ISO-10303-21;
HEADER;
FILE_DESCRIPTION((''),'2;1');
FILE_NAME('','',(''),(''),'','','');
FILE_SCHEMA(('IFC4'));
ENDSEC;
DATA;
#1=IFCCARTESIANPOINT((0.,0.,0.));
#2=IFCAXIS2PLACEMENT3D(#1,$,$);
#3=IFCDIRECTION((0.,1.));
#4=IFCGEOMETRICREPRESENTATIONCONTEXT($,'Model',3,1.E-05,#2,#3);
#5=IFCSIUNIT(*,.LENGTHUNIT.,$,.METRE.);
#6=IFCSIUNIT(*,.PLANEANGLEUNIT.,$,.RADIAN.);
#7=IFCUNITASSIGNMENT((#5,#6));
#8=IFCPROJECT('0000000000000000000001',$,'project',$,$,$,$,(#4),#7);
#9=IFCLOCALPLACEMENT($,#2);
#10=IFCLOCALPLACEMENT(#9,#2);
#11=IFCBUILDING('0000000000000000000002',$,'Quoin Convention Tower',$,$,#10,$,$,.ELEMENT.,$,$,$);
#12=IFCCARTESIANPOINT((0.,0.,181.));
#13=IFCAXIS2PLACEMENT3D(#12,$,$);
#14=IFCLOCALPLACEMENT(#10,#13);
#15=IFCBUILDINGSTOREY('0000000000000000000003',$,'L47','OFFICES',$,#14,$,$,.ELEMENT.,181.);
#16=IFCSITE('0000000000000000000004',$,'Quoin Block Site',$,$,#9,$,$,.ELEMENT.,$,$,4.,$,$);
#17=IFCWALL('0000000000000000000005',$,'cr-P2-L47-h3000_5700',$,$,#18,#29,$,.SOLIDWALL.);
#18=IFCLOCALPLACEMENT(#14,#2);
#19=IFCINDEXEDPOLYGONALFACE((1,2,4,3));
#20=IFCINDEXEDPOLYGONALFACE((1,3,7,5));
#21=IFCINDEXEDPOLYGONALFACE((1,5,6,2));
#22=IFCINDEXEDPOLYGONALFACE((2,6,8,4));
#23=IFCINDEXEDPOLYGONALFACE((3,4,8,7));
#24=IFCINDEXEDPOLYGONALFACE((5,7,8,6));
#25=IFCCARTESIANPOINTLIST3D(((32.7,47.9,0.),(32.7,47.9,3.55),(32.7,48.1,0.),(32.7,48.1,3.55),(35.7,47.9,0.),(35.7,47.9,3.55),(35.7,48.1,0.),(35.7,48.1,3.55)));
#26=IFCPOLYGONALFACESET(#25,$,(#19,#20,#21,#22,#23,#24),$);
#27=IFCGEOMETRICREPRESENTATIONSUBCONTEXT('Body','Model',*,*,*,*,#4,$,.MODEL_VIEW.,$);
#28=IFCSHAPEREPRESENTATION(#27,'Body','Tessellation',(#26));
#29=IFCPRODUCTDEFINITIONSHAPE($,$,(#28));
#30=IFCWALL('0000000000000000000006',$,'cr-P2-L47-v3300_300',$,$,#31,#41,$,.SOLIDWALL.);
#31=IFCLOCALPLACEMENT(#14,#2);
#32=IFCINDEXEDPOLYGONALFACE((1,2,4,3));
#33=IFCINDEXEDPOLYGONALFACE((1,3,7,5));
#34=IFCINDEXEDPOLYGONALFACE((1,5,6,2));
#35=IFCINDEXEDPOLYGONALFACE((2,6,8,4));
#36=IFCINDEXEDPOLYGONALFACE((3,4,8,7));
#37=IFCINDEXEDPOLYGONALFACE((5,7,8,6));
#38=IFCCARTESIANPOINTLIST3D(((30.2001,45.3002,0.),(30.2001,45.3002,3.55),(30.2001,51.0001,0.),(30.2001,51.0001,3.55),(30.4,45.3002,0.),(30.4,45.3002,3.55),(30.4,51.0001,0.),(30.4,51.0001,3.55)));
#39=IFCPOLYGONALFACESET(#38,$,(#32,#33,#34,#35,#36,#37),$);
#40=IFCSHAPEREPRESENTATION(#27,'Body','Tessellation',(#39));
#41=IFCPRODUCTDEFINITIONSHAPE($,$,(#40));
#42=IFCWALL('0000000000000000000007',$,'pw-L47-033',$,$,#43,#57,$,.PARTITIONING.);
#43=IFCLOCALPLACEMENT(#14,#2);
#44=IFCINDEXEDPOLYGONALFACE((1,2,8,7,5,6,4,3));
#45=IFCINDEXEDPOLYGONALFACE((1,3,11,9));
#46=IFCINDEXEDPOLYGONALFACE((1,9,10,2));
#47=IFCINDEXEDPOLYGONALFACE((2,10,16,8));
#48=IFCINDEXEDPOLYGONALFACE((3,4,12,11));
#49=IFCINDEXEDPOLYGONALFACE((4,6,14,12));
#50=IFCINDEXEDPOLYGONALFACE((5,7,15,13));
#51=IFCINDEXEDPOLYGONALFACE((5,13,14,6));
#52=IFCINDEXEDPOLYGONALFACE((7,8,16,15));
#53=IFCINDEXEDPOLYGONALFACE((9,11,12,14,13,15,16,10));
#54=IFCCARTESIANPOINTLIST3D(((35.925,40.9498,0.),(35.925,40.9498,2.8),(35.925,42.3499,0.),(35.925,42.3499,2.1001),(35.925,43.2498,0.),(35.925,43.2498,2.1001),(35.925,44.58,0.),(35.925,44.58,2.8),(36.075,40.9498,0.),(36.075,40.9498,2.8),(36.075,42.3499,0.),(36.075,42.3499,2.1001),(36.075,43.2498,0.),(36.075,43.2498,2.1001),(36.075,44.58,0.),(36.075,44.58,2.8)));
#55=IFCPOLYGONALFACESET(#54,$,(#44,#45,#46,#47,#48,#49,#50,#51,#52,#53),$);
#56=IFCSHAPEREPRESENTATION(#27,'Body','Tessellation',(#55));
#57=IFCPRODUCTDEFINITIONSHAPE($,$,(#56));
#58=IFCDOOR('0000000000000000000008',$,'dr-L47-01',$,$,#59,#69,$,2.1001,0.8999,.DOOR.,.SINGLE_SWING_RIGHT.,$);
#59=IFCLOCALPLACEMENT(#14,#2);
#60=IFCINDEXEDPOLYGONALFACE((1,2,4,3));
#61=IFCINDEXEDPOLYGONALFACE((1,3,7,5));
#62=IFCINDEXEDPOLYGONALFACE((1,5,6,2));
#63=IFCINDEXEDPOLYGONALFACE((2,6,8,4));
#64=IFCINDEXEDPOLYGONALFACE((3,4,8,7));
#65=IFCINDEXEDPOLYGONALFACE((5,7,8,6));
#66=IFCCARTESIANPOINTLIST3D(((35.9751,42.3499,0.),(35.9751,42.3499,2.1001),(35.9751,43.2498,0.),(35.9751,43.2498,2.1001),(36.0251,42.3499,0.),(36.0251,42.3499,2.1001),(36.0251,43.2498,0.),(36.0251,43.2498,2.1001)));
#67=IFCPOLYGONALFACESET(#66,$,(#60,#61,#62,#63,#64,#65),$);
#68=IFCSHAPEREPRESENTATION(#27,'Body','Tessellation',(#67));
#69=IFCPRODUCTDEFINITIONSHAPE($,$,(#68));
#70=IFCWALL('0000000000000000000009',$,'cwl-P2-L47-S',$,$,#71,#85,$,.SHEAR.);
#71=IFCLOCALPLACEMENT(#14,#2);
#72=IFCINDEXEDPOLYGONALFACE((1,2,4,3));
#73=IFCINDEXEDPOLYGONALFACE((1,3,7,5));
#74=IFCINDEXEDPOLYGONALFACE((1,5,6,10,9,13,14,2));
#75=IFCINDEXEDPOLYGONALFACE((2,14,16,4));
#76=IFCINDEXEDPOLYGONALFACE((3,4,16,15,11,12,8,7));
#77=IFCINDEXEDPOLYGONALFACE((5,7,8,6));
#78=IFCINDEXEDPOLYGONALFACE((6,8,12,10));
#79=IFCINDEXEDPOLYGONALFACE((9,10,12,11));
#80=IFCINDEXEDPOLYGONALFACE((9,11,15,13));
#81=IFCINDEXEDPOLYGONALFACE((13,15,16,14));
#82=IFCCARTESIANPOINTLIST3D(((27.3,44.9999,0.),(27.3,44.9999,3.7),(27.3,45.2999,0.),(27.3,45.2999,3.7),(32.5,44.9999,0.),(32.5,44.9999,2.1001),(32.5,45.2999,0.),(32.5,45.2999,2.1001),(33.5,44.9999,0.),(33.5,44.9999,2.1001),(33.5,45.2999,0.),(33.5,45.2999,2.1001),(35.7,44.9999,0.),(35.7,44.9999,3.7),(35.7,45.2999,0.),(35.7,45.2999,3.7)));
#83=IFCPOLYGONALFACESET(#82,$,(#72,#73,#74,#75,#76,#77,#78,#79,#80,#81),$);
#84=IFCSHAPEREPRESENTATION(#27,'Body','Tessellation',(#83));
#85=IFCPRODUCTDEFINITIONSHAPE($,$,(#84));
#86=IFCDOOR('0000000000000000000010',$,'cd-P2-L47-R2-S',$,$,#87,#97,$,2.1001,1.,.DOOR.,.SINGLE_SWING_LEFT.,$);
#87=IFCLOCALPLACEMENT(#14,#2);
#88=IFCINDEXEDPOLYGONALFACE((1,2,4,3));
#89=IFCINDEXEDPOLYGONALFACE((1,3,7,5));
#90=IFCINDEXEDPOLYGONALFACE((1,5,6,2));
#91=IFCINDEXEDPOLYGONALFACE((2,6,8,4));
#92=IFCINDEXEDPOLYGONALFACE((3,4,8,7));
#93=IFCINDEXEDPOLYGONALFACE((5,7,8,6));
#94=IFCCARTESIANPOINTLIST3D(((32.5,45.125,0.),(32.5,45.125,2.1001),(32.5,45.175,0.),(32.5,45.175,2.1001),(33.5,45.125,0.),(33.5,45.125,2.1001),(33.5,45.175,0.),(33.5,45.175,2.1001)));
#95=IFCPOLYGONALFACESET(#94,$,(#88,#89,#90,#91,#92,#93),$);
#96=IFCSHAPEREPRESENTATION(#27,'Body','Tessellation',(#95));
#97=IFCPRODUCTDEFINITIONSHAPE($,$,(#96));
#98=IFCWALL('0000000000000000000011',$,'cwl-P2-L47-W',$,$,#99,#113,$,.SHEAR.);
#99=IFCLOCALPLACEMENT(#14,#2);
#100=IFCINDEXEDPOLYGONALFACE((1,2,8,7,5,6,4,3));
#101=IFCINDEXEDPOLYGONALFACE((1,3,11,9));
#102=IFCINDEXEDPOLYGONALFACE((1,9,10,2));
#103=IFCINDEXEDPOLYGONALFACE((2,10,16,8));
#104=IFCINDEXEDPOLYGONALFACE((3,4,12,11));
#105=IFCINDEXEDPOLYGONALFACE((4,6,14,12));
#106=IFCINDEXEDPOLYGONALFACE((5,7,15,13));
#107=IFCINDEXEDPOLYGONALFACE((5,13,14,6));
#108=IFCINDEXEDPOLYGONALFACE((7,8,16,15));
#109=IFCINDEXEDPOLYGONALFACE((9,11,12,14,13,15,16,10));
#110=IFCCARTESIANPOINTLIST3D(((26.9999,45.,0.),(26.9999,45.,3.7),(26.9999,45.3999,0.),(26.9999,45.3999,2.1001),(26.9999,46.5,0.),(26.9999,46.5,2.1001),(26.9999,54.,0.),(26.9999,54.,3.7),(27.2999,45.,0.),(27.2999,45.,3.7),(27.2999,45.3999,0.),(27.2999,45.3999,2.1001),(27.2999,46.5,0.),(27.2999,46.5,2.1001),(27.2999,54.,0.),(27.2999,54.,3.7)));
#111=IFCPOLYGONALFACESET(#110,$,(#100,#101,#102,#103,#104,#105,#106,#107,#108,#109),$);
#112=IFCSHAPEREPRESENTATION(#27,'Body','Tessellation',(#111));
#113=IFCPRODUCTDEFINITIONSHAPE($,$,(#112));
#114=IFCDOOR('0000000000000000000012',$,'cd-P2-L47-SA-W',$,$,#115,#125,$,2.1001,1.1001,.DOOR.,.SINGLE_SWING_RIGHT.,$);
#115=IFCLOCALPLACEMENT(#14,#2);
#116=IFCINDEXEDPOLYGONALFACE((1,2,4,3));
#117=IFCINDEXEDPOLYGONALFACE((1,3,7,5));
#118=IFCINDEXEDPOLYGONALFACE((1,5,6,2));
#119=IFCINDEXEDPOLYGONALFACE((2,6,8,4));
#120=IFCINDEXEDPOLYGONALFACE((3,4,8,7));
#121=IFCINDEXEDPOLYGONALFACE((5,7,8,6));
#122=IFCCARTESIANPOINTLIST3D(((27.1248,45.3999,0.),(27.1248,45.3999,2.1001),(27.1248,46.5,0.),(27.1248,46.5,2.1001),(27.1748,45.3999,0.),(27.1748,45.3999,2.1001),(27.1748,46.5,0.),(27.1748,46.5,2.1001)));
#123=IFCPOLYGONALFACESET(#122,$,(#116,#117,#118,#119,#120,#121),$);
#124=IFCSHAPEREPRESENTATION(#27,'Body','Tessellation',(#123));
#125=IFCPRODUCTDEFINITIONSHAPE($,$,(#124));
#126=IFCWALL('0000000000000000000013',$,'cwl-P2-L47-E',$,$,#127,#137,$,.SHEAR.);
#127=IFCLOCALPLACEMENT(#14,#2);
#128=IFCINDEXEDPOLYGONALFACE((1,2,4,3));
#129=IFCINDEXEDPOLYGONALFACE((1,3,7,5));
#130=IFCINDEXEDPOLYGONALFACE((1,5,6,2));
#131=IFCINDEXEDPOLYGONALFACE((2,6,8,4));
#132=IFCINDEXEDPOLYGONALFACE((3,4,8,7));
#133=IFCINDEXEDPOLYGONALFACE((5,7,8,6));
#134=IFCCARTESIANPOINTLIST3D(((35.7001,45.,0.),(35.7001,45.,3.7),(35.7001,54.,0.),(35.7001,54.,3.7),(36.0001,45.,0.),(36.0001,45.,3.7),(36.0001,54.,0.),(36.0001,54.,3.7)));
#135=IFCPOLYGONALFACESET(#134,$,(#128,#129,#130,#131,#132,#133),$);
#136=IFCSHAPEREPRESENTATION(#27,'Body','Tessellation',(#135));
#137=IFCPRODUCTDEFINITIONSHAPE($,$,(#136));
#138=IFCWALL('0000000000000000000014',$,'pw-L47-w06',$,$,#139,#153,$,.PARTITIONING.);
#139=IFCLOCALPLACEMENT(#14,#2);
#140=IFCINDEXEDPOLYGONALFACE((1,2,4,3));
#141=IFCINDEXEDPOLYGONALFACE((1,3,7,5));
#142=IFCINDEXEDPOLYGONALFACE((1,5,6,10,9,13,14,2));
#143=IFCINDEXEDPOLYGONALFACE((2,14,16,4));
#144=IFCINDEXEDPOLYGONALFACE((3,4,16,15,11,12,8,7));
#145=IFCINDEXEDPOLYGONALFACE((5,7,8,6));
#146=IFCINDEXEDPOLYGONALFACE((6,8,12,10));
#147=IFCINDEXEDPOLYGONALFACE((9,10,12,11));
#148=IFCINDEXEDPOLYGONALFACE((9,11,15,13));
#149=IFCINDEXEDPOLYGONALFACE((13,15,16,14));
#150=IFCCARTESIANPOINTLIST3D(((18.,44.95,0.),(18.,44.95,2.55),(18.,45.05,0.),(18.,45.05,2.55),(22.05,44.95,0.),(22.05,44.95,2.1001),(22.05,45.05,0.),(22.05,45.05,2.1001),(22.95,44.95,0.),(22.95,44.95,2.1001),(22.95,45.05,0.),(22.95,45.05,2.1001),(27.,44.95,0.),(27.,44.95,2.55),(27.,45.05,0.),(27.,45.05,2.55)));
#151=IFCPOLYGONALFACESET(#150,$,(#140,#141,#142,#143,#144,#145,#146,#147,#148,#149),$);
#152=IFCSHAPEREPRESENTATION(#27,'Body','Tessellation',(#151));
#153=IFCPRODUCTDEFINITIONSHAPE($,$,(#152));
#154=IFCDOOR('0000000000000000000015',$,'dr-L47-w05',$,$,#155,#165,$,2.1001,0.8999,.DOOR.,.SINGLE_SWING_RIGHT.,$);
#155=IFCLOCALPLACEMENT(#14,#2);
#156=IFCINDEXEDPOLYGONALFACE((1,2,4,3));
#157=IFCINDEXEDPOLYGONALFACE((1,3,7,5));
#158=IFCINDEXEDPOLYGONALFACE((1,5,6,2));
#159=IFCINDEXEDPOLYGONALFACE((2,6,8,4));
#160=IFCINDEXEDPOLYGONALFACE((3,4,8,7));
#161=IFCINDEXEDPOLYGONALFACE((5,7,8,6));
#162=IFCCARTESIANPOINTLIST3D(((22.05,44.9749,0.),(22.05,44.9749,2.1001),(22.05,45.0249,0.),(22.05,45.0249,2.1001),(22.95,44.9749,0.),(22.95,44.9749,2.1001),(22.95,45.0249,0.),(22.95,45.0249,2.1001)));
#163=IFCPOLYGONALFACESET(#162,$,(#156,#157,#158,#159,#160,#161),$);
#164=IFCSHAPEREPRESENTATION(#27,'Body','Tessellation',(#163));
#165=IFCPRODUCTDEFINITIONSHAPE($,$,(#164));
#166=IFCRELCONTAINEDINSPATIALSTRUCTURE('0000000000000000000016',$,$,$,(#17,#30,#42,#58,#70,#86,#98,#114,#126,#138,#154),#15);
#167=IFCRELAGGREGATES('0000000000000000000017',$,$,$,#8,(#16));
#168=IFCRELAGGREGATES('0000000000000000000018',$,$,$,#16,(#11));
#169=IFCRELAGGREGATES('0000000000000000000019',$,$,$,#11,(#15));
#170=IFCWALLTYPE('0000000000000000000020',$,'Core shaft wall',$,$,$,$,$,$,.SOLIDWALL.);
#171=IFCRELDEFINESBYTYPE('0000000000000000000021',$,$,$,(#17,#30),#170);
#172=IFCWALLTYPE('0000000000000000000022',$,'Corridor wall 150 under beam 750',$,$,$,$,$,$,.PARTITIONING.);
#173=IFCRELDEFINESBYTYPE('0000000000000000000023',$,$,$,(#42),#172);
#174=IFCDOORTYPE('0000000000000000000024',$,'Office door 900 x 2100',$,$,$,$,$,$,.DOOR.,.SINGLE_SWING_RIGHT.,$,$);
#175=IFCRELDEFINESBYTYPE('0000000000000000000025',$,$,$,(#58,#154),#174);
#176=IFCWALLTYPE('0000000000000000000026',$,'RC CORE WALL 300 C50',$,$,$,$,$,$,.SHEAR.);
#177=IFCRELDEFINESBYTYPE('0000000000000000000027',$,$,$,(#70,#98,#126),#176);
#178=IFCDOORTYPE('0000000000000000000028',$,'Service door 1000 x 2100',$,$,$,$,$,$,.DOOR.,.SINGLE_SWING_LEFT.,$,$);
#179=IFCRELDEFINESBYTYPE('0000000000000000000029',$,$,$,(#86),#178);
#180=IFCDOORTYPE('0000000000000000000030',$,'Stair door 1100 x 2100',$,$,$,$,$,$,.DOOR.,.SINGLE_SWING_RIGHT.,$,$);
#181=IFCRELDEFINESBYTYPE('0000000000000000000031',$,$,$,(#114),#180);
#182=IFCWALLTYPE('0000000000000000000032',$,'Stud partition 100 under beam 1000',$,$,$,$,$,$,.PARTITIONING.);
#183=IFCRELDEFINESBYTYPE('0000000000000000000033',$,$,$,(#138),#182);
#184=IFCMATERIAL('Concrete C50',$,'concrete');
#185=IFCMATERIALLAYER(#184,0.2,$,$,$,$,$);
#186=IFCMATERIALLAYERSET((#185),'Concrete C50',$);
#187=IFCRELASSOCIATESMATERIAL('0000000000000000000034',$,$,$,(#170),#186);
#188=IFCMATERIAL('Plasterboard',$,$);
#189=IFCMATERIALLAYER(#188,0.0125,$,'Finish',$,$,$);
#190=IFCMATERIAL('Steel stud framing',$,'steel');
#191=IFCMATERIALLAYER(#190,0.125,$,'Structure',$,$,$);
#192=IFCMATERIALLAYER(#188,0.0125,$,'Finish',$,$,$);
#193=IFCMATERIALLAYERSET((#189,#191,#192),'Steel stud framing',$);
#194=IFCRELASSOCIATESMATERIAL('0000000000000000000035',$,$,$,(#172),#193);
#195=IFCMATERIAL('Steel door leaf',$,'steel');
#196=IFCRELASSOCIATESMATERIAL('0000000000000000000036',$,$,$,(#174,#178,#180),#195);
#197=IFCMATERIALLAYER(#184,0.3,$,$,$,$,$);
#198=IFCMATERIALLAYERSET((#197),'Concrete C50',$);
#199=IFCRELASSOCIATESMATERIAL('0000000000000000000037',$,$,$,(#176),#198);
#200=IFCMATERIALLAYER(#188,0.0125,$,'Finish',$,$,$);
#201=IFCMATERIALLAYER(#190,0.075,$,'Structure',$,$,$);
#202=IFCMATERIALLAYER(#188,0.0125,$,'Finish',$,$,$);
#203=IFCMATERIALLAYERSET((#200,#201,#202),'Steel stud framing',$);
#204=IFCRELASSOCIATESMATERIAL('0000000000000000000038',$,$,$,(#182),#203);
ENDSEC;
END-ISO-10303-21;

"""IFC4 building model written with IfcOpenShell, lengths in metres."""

from ifc_helpers import new_model, si_unit, direction, frame, frame_2d, origin, place, context, subcontext, project, spatial, rectangle, extrude, material, layer, layer_set, type_object, element, fill, save


model = new_model("IFC4")

# Units and contexts
model_context = context("Model", 3, precision=1e-05, world=origin(), true_north=direction((0.0, 1.0)))
body_context = subcontext(model_context, "Body", "Model", "MODEL_VIEW")
ifc_project = project(units=[si_unit("LENGTHUNIT", "METRE"), si_unit("PLANEANGLEUNIT", "RADIAN")], contexts=[model_context])

# Site, building, storey
site_placement = place(None, origin())
site = spatial("IfcSite", under=ifc_project, at=site_placement, Name="Quoin Block Site", CompositionType="ELEMENT", RefElevation=4.0)
building_placement = place(site_placement, origin())
building = spatial("IfcBuilding", under=site, at=building_placement, Name="Quoin Convention Tower", CompositionType="ELEMENT")
storey_placement = place(building_placement, frame((0.0, 0.0, 181.0)))
storey = spatial("IfcBuildingStorey", under=building, at=storey_placement, Name="L47", Description="OFFICES", CompositionType="ELEMENT", Elevation=181.0)

# Shared definitions
ifc_material_1 = material(Name="Concrete C50", Category="concrete")

# Walls
ifc_layer_1 = layer(ifc_material_1, 0.2)
ifc_layer_set_1 = layer_set([ifc_layer_1], Name="Concrete C50")
wall_type_1 = type_object("IfcWallType", Name="Core shaft wall", PredefinedType="SOLIDWALL", material=ifc_layer_set_1)
wall_1_placement = place(storey_placement, frame((32.7, 48.0, 0.0), z_axis=(0.0, 0.0, 1.0), x_axis=(1.0, 0.0, 0.0)))
element("IfcWall", 1, at=wall_1_placement, inside=storey, type_object=wall_type_1, Name="cr-P2-L47-h3000_5700", PredefinedType="SOLIDWALL", context=body_context, shape_type="SweptSolid", body=[
    extrude(rectangle(XDim=3.0, YDim=0.2, at=frame_2d((1.5, 0.0))), origin(), (0.0, 0.0, 1.0), 3.55),
])
wall_2_placement = place(storey_placement, frame((30.3, 45.3, 0.0), z_axis=(0.0, 0.0, 1.0), x_axis=(0.0, 1.0, 0.0)))
element("IfcWall", 2, at=wall_2_placement, inside=storey, type_object=wall_type_1, Name="cr-P2-L47-v3300_300", PredefinedType="SOLIDWALL", context=body_context, shape_type="SweptSolid", body=[
    extrude(rectangle(XDim=5.7, YDim=0.2, at=frame_2d((2.8501, 0.0))), origin(), (0.0, 0.0, 1.0), 3.55),
])

# Walls, openings, doors
ifc_material_2 = material(Name="Plasterboard")
ifc_layer_2 = layer(ifc_material_2, 0.0125, Name="Finish")
ifc_material_3 = material(Name="Steel stud framing", Category="steel")
ifc_layer_3 = layer(ifc_material_3, 0.125, Name="Structure")
ifc_layer_4 = layer(ifc_material_2, 0.0125, Name="Finish")
ifc_layer_set_2 = layer_set([ifc_layer_2, ifc_layer_3, ifc_layer_4], Name="Steel stud framing")
wall_type_2 = type_object("IfcWallType", Name="Corridor wall 150 under beam 750", PredefinedType="PARTITIONING", material=ifc_layer_set_2)
wall_3_placement = place(storey_placement, frame((36.0, 40.95, 0.0), z_axis=(0.0, 0.0, 1.0), x_axis=(0.0, 1.0, 0.0)))
wall_3 = element("IfcWall", 3, at=wall_3_placement, inside=storey, type_object=wall_type_2, Name="pw-L47-033", PredefinedType="PARTITIONING", context=body_context, shape_type="SweptSolid", body=[
    extrude(rectangle(XDim=3.6301, YDim=0.1499, at=frame_2d((1.8149, 0.0))), origin(), (0.0, 0.0, 1.0), 2.8),
])
opening_1_placement = place(wall_3_placement, frame((1.3999, 0.0, 0.0)))
opening_1 = element("IfcOpeningElement", 4, at=opening_1_placement, cuts=wall_3, PredefinedType="OPENING", context=body_context, shape_type="SweptSolid", body=[
    extrude(rectangle(XDim=0.8999, YDim=2.1001, at=frame_2d((0.45, 1.05))), frame((0.0, 0.085, 0.0), z_axis=(0.0, -1.0, 0.0), x_axis=(1.0, 0.0, 0.0)), (0.0, 0.0, 1.0), 0.1699),
])
ifc_material_4 = material(Name="Steel door leaf", Category="steel")
door_type_1 = type_object("IfcDoorType", Name="Office door 900 x 2100", OperationType="SINGLE_SWING_RIGHT", PredefinedType="DOOR", material=ifc_material_4)
door_1_placement = place(opening_1_placement, origin())
door_1 = element("IfcDoor", 5, at=door_1_placement, inside=storey, type_object=door_type_1, Name="dr-L47-01", OperationType="SINGLE_SWING_RIGHT", OverallHeight=2.1001, OverallWidth=0.8999, PredefinedType="DOOR", context=body_context, shape_type="SweptSolid", body=[
    extrude(rectangle(XDim=0.8999, YDim=2.1001, at=frame_2d((0.45, 1.05))), frame((0.0, 0.0249, 0.0), z_axis=(0.0, -1.0, 0.0), x_axis=(1.0, 0.0, 0.0)), (0.0, 0.0, 1.0), 0.05),
])
fill(opening_1, door_1)
ifc_layer_5 = layer(ifc_material_1, 0.3)
ifc_layer_set_3 = layer_set([ifc_layer_5], Name="Concrete C50")
wall_type_3 = type_object("IfcWallType", Name="RC CORE WALL 300 C50", PredefinedType="SHEAR", material=ifc_layer_set_3)
wall_4_placement = place(storey_placement, frame((27.3, 45.1499, 0.0), z_axis=(0.0, 0.0, 1.0), x_axis=(1.0, 0.0, 0.0)))
wall_4 = element("IfcWall", 6, at=wall_4_placement, inside=storey, type_object=wall_type_3, Name="cwl-P2-L47-S", PredefinedType="SHEAR", context=body_context, shape_type="SweptSolid", body=[
    extrude(rectangle(XDim=8.3999, YDim=0.3, at=frame_2d((4.2, 0.0))), origin(), (0.0, 0.0, 1.0), 3.7),
])
opening_2_placement = place(wall_4_placement, frame((5.2, 0.0, 0.0)))
opening_2 = element("IfcOpeningElement", 7, at=opening_2_placement, cuts=wall_4, PredefinedType="OPENING", context=body_context, shape_type="SweptSolid", body=[
    extrude(rectangle(XDim=1.0, YDim=2.1001, at=frame_2d((0.5, 1.05))), frame((0.0, 0.1599, 0.0), z_axis=(0.0, -1.0, 0.0), x_axis=(1.0, 0.0, 0.0)), (0.0, 0.0, 1.0), 0.3201),
])
door_type_2 = type_object("IfcDoorType", Name="Service door 1000 x 2100", OperationType="SINGLE_SWING_LEFT", PredefinedType="DOOR", material=ifc_material_4)
door_2_placement = place(opening_2_placement, frame((1.0, 0.0, 0.0), z_axis=(0.0, 0.0, 1.0), x_axis=(-1.0, 0.0, 0.0)))
door_2 = element("IfcDoor", 8, at=door_2_placement, inside=storey, type_object=door_type_2, Name="cd-P2-L47-R2-S", OperationType="SINGLE_SWING_LEFT", OverallHeight=2.1001, OverallWidth=1.0, PredefinedType="DOOR", context=body_context, shape_type="SweptSolid", body=[
    extrude(rectangle(XDim=1.0, YDim=2.1001, at=frame_2d((0.5, 1.05))), frame((0.0, 0.0249, 0.0), z_axis=(0.0, -1.0, 0.0), x_axis=(1.0, 0.0, 0.0)), (0.0, 0.0, 1.0), 0.05),
])
fill(opening_2, door_2)
wall_5_placement = place(storey_placement, frame((27.1499, 45.0, 0.0), z_axis=(0.0, 0.0, 1.0), x_axis=(0.0, 1.0, 0.0)))
wall_5 = element("IfcWall", 9, at=wall_5_placement, inside=storey, type_object=wall_type_3, Name="cwl-P2-L47-W", PredefinedType="SHEAR", context=body_context, shape_type="SweptSolid", body=[
    extrude(rectangle(XDim=9.0, YDim=0.3, at=frame_2d((4.5, 0.0))), origin(), (0.0, 0.0, 1.0), 3.7),
])
opening_3_placement = place(wall_5_placement, frame((0.3999, 0.0, 0.0)))
opening_3 = element("IfcOpeningElement", 10, at=opening_3_placement, cuts=wall_5, PredefinedType="OPENING", context=body_context, shape_type="SweptSolid", body=[
    extrude(rectangle(XDim=1.1001, YDim=2.1001, at=frame_2d((0.55, 1.05))), frame((0.0, 0.1599, 0.0), z_axis=(0.0, -1.0, 0.0), x_axis=(1.0, 0.0, 0.0)), (0.0, 0.0, 1.0), 0.3201),
])
door_type_3 = type_object("IfcDoorType", Name="Stair door 1100 x 2100", OperationType="SINGLE_SWING_RIGHT", PredefinedType="DOOR", material=ifc_material_4)
door_3_placement = place(opening_3_placement, frame((1.1001, 0.0, 0.0), z_axis=(0.0, 0.0, 1.0), x_axis=(-1.0, 0.0, 0.0)))
door_3 = element("IfcDoor", 11, at=door_3_placement, inside=storey, type_object=door_type_3, Name="cd-P2-L47-SA-W", OperationType="SINGLE_SWING_RIGHT", OverallHeight=2.1001, OverallWidth=1.1001, PredefinedType="DOOR", context=body_context, shape_type="SweptSolid", body=[
    extrude(rectangle(XDim=1.1001, YDim=2.1001, at=frame_2d((0.55, 1.05))), frame((0.0, 0.0249, 0.0), z_axis=(0.0, -1.0, 0.0), x_axis=(1.0, 0.0, 0.0)), (0.0, 0.0, 1.0), 0.05),
])
fill(opening_3, door_3)

# Wall
wall_6_placement = place(storey_placement, frame((35.8501, 45.0, 0.0), z_axis=(0.0, 0.0, 1.0), x_axis=(0.0, 1.0, 0.0)))
element("IfcWall", 12, at=wall_6_placement, inside=storey, type_object=wall_type_3, Name="cwl-P2-L47-E", PredefinedType="SHEAR", context=body_context, shape_type="SweptSolid", body=[
    extrude(rectangle(XDim=9.0, YDim=0.3, at=frame_2d((4.5, 0.0))), origin(), (0.0, 0.0, 1.0), 3.7),
])

# Wall, opening, door
ifc_layer_6 = layer(ifc_material_2, 0.0125, Name="Finish")
ifc_layer_7 = layer(ifc_material_3, 0.075, Name="Structure")
ifc_layer_8 = layer(ifc_material_2, 0.0125, Name="Finish")
ifc_layer_set_4 = layer_set([ifc_layer_6, ifc_layer_7, ifc_layer_8], Name="Steel stud framing")
wall_type_4 = type_object("IfcWallType", Name="Stud partition 100 under beam 1000", PredefinedType="PARTITIONING", material=ifc_layer_set_4)
wall_7_placement = place(storey_placement, frame((18.0, 45.0, 0.0), z_axis=(0.0, 0.0, 1.0), x_axis=(1.0, 0.0, 0.0)))
wall_7 = element("IfcWall", 13, at=wall_7_placement, inside=storey, type_object=wall_type_4, Name="pw-L47-w06", PredefinedType="PARTITIONING", context=body_context, shape_type="SweptSolid", body=[
    extrude(rectangle(XDim=9.0, YDim=0.1001, at=frame_2d((4.5, 0.0))), origin(), (0.0, 0.0, 1.0), 2.55),
])
opening_4_placement = place(wall_7_placement, frame((4.05, 0.0, 0.0)))
opening_4 = element("IfcOpeningElement", 14, at=opening_4_placement, cuts=wall_7, PredefinedType="OPENING", context=body_context, shape_type="SweptSolid", body=[
    extrude(rectangle(XDim=0.8999, YDim=2.1001, at=frame_2d((0.45, 1.05))), frame((0.0, 0.0601, 0.0), z_axis=(0.0, -1.0, 0.0), x_axis=(1.0, 0.0, 0.0)), (0.0, 0.0, 1.0), 0.1201),
])
door_4_placement = place(opening_4_placement, origin())
door_4 = element("IfcDoor", 15, at=door_4_placement, inside=storey, type_object=door_type_1, Name="dr-L47-w05", OperationType="SINGLE_SWING_RIGHT", OverallHeight=2.1001, OverallWidth=0.8999, PredefinedType="DOOR", context=body_context, shape_type="SweptSolid", body=[
    extrude(rectangle(XDim=0.8999, YDim=2.1001, at=frame_2d((0.45, 1.05))), frame((0.0, 0.0249, 0.0), z_axis=(0.0, -1.0, 0.0), x_axis=(1.0, 0.0, 0.0)), (0.0, 0.0, 1.0), 0.05),
])
fill(opening_4, door_4)

save(model, "model.ifc")
